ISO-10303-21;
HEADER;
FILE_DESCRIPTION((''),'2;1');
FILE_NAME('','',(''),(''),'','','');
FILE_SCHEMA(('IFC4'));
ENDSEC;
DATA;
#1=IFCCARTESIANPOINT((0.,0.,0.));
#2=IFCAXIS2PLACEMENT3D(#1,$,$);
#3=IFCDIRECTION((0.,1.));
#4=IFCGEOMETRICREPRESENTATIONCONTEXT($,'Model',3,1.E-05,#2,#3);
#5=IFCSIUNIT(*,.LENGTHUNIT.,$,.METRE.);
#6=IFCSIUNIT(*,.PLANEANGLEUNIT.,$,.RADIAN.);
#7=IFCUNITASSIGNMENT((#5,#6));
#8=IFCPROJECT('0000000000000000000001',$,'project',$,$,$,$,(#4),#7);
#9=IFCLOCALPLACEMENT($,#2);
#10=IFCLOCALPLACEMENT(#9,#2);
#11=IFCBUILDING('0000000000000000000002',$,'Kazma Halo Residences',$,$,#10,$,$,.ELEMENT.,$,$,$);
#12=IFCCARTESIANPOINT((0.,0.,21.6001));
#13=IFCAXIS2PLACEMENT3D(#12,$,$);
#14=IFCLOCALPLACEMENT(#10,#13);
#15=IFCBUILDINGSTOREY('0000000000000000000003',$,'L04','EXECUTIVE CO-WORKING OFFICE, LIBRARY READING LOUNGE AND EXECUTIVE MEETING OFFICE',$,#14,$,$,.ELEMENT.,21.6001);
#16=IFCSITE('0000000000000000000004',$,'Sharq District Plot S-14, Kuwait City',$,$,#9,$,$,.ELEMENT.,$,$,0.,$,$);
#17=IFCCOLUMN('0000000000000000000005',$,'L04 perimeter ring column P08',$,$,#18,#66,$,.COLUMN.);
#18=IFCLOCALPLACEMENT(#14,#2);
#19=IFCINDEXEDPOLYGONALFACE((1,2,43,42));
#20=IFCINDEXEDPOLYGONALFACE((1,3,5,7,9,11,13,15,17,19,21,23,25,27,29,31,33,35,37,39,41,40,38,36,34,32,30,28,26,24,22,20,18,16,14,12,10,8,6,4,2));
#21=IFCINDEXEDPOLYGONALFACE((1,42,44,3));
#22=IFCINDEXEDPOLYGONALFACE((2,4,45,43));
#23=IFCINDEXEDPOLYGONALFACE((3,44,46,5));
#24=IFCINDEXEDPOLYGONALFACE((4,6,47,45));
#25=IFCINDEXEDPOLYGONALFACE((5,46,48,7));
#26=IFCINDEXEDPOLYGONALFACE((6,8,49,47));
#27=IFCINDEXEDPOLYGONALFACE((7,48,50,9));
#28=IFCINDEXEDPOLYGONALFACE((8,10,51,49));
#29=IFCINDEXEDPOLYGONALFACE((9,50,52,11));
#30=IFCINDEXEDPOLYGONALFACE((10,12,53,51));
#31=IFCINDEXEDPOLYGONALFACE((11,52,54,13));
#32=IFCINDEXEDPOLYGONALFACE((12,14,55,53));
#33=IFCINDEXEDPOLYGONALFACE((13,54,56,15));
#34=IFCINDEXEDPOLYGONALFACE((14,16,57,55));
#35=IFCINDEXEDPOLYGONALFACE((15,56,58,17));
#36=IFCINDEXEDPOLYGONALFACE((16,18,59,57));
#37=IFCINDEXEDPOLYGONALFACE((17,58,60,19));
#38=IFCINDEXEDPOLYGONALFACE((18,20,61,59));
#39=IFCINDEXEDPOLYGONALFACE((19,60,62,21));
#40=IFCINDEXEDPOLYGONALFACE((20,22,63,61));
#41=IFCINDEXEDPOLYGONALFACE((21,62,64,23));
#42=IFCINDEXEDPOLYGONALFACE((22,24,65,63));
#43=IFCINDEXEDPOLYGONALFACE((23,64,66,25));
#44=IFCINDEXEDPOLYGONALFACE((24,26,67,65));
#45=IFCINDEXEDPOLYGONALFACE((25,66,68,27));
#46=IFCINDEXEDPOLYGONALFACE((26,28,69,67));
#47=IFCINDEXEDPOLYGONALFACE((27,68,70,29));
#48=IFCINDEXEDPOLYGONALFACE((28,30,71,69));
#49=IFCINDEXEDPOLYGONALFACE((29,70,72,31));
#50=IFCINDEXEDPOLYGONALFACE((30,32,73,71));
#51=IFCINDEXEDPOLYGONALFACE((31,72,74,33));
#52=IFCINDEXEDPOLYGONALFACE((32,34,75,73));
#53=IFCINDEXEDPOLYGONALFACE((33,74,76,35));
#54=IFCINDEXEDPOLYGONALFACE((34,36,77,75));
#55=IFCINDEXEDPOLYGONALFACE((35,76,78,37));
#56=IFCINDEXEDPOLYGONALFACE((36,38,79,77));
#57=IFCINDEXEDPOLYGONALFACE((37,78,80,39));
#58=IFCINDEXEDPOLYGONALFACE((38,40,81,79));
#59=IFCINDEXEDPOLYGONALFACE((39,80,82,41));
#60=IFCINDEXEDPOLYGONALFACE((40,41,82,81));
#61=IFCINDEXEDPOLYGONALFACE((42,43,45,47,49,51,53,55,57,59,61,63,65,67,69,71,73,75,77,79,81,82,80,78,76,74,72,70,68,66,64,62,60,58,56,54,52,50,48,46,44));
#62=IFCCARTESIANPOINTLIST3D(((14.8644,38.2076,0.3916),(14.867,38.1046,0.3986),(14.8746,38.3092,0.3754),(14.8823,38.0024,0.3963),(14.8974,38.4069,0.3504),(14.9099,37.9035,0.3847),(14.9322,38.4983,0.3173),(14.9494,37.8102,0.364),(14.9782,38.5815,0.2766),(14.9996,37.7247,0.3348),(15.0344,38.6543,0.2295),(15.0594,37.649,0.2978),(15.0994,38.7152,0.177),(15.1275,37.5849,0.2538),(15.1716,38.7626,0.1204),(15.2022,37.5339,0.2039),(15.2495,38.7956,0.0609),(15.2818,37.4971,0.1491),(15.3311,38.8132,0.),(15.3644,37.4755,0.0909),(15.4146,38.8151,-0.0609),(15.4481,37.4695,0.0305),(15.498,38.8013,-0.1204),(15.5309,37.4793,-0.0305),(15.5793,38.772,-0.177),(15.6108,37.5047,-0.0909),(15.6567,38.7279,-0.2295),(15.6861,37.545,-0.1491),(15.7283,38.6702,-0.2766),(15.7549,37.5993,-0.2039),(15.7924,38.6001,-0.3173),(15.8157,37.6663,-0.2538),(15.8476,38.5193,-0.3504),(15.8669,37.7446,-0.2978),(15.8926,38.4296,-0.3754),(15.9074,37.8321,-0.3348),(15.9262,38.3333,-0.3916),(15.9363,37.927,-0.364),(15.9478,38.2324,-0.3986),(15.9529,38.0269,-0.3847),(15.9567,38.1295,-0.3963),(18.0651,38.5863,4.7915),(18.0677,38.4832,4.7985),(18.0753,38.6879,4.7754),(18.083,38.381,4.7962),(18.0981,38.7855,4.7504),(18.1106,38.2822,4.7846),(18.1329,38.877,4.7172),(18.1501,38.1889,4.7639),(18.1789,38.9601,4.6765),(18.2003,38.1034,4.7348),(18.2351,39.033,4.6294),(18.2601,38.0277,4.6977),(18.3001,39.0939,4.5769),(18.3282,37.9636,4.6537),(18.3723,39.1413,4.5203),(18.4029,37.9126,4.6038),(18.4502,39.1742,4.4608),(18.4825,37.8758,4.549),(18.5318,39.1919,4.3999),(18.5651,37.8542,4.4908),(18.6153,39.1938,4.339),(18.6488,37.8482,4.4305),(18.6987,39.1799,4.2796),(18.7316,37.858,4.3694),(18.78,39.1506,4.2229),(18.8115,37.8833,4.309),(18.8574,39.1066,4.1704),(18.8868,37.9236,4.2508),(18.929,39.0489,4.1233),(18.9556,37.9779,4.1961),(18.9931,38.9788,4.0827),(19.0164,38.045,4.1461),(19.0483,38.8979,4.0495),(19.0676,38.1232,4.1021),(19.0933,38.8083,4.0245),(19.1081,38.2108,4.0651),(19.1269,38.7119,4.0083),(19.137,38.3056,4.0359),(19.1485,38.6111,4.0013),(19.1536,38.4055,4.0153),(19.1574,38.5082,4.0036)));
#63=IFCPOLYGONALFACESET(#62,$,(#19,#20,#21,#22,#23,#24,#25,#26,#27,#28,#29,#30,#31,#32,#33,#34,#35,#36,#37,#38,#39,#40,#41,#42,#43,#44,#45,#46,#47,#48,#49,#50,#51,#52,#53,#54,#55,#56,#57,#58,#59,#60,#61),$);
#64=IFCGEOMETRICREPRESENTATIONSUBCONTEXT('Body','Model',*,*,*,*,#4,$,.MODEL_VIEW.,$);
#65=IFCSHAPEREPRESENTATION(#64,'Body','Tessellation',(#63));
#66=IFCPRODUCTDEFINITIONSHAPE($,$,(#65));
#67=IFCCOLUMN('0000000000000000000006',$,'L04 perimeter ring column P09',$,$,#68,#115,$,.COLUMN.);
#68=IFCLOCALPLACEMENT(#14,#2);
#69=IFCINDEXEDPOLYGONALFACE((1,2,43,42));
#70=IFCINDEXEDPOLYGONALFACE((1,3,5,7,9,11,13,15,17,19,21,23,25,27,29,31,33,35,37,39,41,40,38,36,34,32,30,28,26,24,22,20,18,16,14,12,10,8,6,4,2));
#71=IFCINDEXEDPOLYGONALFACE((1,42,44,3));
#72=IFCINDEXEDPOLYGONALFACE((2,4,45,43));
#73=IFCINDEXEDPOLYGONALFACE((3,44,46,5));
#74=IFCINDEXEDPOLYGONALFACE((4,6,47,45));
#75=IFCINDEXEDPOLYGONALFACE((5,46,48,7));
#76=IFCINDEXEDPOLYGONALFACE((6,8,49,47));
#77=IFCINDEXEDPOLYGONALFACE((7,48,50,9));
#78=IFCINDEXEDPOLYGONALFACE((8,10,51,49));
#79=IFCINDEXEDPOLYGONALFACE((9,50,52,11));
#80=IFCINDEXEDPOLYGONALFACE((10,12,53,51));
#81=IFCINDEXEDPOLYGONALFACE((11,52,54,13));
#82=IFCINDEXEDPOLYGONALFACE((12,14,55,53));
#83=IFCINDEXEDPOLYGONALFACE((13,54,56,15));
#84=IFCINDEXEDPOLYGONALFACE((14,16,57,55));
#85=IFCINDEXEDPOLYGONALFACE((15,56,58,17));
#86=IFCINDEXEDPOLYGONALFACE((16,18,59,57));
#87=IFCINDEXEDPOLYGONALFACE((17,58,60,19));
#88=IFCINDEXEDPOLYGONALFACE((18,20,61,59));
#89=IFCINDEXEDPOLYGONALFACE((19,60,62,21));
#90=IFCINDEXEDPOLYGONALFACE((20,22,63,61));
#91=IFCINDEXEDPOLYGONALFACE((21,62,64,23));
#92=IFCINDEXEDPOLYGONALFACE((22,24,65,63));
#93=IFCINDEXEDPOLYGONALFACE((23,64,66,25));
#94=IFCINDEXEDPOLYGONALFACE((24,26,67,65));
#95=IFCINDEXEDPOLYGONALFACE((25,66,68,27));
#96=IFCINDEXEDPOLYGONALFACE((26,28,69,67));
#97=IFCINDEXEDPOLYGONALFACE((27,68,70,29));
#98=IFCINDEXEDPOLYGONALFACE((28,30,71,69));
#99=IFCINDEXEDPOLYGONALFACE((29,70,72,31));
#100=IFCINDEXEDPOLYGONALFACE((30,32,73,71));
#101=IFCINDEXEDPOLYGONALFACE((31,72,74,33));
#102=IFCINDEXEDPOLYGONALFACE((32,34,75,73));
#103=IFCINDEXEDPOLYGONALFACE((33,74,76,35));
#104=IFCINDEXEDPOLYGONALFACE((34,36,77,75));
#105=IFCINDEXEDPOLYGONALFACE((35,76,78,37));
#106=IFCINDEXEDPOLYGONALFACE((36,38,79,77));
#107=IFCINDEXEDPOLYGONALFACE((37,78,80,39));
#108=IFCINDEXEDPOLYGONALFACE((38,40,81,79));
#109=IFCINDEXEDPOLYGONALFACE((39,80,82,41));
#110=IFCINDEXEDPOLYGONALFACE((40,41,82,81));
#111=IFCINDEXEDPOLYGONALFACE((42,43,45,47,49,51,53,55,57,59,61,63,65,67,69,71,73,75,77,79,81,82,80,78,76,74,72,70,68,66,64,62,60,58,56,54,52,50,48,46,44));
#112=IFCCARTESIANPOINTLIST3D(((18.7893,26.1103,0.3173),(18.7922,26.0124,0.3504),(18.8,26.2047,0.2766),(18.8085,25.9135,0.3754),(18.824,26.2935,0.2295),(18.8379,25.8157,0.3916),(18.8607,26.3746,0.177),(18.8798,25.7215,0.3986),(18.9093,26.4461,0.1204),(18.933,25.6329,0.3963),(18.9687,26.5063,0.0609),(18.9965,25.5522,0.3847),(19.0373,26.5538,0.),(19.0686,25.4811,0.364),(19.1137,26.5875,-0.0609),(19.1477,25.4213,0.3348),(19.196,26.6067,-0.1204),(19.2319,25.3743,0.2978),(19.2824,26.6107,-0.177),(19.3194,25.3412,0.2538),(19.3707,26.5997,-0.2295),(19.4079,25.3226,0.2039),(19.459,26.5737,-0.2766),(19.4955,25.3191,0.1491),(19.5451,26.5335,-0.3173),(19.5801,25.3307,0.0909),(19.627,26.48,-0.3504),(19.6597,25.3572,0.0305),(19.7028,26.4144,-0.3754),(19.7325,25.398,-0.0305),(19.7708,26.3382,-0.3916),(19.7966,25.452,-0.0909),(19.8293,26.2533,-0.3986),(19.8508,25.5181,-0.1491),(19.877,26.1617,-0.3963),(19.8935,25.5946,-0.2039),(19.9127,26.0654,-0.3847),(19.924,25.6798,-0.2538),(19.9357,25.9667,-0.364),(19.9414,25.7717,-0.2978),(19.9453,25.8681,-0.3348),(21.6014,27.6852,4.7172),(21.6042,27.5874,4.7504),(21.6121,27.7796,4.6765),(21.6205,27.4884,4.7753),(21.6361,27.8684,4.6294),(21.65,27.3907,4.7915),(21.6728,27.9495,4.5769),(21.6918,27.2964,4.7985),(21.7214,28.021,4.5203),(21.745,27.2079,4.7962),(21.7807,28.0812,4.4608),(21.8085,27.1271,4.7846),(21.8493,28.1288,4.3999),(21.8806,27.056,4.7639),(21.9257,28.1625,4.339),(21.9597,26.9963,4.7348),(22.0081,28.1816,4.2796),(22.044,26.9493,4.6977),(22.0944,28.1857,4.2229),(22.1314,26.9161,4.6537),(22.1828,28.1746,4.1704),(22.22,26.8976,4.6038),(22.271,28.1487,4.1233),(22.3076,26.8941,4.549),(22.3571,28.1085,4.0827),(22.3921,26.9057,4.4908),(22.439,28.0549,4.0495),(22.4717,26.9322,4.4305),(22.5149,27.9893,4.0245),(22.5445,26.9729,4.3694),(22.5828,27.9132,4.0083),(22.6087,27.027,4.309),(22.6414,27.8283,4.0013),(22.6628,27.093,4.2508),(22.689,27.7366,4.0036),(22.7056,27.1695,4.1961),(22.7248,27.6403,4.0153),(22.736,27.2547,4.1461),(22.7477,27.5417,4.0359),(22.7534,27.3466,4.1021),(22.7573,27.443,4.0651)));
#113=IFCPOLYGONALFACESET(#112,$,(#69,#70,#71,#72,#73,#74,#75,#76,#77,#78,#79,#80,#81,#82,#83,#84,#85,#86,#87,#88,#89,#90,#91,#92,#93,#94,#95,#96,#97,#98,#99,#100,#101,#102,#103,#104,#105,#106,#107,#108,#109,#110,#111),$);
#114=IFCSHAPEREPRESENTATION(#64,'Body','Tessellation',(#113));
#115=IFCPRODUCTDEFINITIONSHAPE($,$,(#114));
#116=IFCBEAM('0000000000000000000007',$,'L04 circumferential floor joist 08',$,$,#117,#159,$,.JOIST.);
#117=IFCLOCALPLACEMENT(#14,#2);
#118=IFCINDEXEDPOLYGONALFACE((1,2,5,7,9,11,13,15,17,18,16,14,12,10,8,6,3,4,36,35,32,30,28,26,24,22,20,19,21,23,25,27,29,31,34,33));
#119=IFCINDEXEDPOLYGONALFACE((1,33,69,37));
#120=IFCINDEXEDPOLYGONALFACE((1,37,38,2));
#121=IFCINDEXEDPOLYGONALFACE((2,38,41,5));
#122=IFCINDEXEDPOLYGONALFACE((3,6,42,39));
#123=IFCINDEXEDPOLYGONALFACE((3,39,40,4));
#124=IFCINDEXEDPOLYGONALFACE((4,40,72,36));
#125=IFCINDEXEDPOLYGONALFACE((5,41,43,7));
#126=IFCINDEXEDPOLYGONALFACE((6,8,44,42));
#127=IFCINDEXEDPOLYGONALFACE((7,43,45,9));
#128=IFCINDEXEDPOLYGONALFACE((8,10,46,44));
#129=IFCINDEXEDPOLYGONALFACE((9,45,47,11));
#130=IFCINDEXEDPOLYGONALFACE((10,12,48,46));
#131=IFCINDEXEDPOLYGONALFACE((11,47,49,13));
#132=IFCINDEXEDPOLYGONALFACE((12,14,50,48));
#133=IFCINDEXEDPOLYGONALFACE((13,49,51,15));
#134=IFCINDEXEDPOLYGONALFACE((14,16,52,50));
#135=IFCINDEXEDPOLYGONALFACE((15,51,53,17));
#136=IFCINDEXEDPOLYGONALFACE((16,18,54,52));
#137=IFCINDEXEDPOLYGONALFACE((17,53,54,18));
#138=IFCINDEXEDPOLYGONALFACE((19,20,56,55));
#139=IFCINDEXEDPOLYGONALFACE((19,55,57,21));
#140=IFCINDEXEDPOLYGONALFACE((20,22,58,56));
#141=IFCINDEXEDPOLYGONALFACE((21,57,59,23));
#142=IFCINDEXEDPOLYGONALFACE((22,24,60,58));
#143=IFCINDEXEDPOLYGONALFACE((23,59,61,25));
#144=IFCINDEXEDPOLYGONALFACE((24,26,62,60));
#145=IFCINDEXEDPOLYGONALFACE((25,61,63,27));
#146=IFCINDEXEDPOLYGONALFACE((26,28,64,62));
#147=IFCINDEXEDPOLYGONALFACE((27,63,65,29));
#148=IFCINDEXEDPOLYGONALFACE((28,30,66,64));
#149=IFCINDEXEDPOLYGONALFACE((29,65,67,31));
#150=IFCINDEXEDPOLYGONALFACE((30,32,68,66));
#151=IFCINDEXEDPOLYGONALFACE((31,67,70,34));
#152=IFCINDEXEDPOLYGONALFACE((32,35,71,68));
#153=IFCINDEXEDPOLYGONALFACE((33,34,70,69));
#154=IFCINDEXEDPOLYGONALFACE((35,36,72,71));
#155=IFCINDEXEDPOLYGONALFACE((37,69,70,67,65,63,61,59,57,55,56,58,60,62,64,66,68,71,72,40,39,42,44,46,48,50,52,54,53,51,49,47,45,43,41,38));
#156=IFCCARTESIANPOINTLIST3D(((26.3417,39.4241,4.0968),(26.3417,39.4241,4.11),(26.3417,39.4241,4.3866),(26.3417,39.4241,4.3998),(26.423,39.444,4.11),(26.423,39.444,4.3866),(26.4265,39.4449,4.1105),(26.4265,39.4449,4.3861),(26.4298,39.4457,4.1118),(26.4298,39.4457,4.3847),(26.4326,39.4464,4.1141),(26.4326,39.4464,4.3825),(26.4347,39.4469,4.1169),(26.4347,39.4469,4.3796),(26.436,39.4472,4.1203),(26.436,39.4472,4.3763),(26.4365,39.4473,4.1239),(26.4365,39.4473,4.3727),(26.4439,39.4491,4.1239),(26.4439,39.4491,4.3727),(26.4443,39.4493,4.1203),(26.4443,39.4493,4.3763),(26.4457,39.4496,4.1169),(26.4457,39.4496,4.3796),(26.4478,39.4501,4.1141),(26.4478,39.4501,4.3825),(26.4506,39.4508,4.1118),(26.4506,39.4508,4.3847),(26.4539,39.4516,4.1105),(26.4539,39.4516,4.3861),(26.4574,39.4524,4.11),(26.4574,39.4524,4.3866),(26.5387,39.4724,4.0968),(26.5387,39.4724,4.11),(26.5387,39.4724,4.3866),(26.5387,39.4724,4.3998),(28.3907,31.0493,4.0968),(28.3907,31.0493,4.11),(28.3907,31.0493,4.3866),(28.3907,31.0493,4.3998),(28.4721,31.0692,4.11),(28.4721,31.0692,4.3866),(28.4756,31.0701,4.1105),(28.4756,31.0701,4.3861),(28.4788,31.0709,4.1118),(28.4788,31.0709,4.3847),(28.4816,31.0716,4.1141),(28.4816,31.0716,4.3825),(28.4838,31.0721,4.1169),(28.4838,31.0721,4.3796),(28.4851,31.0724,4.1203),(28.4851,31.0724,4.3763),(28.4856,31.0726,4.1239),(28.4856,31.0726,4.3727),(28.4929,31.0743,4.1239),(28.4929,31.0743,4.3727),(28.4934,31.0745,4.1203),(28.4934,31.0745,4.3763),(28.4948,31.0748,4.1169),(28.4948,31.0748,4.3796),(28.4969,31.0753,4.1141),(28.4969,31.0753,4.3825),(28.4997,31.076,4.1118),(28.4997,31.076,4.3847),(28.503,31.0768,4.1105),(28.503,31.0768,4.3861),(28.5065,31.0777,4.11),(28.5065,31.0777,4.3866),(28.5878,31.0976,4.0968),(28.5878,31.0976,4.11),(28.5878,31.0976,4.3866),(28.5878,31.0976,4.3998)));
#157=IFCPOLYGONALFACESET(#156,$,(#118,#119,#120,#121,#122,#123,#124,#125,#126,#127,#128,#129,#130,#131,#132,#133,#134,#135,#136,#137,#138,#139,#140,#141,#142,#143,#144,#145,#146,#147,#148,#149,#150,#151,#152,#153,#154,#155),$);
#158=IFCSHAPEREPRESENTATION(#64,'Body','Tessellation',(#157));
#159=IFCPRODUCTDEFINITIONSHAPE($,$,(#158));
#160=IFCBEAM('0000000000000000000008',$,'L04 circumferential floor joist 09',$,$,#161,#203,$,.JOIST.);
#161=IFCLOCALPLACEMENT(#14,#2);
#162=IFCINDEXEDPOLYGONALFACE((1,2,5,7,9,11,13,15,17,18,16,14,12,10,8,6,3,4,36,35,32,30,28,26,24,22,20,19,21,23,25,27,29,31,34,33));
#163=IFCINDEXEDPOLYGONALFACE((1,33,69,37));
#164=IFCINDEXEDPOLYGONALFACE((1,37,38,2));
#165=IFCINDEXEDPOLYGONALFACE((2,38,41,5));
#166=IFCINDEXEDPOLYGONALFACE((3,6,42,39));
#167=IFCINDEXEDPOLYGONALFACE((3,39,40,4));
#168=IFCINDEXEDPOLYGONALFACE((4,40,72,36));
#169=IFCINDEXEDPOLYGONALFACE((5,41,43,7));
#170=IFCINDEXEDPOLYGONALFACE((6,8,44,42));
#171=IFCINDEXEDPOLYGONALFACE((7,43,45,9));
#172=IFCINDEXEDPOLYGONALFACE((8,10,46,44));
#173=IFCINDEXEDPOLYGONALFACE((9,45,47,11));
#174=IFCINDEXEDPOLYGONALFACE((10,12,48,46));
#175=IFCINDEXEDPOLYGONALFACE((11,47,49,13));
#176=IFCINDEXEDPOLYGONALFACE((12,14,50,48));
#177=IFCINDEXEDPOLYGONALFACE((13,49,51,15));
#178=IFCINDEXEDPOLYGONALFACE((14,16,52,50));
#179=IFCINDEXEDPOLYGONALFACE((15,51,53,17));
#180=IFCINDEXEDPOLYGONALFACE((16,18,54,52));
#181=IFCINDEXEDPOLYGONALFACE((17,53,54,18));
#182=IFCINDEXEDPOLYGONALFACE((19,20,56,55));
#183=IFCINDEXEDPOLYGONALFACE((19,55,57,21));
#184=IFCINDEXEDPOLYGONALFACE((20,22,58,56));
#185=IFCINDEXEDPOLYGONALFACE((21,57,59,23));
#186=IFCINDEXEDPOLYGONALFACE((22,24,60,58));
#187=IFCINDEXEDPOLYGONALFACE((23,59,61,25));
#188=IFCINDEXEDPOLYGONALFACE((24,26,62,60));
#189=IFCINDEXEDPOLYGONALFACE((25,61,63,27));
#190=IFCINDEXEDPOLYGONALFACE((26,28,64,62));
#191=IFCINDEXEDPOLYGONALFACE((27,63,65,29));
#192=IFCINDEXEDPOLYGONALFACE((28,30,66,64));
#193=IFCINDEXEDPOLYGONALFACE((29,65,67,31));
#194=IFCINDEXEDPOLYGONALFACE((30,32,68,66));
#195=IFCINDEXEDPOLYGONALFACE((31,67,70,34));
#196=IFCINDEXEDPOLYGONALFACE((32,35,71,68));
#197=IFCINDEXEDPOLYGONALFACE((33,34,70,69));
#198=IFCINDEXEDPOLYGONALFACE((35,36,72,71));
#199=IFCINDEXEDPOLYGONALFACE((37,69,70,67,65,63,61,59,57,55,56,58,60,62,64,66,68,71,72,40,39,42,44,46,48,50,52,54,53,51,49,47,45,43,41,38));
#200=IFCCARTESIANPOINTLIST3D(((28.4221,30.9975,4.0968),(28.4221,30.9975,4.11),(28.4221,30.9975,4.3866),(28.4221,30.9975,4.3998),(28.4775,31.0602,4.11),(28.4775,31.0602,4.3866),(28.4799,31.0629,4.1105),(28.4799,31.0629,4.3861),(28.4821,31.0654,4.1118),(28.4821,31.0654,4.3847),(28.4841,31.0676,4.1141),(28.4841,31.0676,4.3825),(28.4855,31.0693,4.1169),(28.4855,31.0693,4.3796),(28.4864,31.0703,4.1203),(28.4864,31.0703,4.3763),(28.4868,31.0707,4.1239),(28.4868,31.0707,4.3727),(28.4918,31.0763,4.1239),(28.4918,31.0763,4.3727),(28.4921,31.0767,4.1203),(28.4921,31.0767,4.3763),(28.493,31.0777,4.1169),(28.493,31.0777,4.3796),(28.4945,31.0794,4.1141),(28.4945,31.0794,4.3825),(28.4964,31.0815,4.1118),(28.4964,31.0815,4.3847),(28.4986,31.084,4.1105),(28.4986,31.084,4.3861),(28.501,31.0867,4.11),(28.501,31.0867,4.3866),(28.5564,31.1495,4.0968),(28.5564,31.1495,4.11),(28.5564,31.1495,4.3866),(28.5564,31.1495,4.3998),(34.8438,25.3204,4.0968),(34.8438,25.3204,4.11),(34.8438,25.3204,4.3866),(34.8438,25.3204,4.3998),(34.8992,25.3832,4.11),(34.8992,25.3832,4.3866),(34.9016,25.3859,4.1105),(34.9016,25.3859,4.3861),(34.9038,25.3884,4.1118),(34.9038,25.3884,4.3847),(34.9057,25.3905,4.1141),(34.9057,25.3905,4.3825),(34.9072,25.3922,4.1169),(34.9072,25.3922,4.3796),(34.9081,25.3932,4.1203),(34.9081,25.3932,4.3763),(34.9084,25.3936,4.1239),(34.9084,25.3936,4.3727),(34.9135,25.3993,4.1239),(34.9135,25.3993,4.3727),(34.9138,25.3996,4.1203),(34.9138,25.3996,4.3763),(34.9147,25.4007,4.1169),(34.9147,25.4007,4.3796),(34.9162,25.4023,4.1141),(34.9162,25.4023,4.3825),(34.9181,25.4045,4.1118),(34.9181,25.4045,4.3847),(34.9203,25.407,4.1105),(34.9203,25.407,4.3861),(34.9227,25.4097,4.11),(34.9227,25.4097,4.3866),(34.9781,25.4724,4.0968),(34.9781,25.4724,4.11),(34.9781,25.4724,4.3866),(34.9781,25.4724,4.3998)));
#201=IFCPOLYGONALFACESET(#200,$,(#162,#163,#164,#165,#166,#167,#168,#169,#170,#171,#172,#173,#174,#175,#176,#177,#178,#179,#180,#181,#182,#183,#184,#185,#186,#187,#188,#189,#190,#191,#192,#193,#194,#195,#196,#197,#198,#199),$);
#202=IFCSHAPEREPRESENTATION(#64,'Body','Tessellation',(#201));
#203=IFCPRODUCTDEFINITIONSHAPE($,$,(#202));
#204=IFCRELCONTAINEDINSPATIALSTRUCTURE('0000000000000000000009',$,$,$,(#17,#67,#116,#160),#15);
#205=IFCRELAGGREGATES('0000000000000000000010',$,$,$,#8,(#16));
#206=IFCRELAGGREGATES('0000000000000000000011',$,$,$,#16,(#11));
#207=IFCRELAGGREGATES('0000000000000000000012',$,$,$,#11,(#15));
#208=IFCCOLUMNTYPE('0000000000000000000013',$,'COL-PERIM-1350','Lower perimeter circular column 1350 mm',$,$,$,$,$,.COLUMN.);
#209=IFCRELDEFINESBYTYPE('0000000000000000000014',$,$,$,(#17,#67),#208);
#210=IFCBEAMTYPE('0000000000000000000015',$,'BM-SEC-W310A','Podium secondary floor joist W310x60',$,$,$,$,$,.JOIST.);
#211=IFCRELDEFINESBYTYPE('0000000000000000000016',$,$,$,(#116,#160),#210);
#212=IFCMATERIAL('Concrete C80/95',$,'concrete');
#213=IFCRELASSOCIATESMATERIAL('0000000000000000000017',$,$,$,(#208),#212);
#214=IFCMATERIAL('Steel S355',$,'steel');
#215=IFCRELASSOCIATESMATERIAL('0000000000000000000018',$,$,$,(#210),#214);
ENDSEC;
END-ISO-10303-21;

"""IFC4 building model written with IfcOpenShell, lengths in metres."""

from ifc_helpers import new_model, si_unit, direction, frame, origin, origin_2d, place, context, subcontext, project, spatial, circle, i_section, extrude, material, material_profile, profile_set, type_object, element, save


model = new_model("IFC4")

# Units and contexts
model_context = context("Model", 3, precision=1e-05, world=origin(), true_north=direction((0.0, 1.0)))
body_context = subcontext(model_context, "Body", "Model", "MODEL_VIEW")
ifc_project = project(units=[si_unit("LENGTHUNIT", "METRE"), si_unit("PLANEANGLEUNIT", "RADIAN")], contexts=[model_context])

# Site, building, storey
site_placement = place(None, origin())
site = spatial("IfcSite", under=ifc_project, at=site_placement, Name="Sharq District Plot S-14, Kuwait City", CompositionType="ELEMENT", RefElevation=0.0)
building_placement = place(site_placement, origin())
building = spatial("IfcBuilding", under=site, at=building_placement, Name="Kazma Halo Residences", CompositionType="ELEMENT")
storey_placement = place(building_placement, frame((0.0, 0.0, 21.6001)))
storey = spatial("IfcBuildingStorey", under=building, at=storey_placement, Name="L04", Description="EXECUTIVE CO-WORKING OFFICE, LIBRARY READING LOUNGE AND EXECUTIVE MEETING OFFICE", CompositionType="ELEMENT", Elevation=21.6001)

# Columns
ifc_material_1 = material(Name="Concrete C80/95", Category="concrete")
ifc_material_profile_1 = material_profile(ifc_material_1, circle(Radius=0.675, at=origin_2d()), Name="CIRC1350")
ifc_profile_set_1 = profile_set([ifc_material_profile_1], Name="Concrete C80/95")
column_type = type_object("IfcColumnType", Name="COL-PERIM-1350", Description="Lower perimeter circular column 1350 mm", PredefinedType="COLUMN", material=ifc_profile_set_1)
for number, where, z_axis, x_axis, name in (
    (1, (15.4104, 38.1428, 0.0), (0.586843, 0.069427, 0.806719), (-0.117487, 0.993074, 0.0), "L04 perimeter ring column P08"),
    (2, (19.3672, 25.9648, 0.0), (0.515579, 0.288766, 0.806717), (-0.488656, 0.872476, 0.0), "L04 perimeter ring column P09"),
):
    element("IfcColumn", number, at=place(storey_placement, frame(where, z_axis=z_axis, x_axis=x_axis)), inside=storey, type_object=column_type, Name=name, PredefinedType="COLUMN", context=body_context, shape_type="SweptSolid", body=[
        extrude(circle(Radius=0.675, at=origin_2d()), origin(), (0.0, 0.0, 1.0), 5.4541),
    ])

# Beams
ifc_material_2 = material(Name="Steel S355", Category="steel")
ifc_material_profile_2 = material_profile(ifc_material_2, i_section(OverallWidth=0.2029, OverallDepth=0.303, WebThickness=0.0076, FlangeThickness=0.0132, FilletRadius=0.0139, at=origin_2d()), Name="W310x60")
ifc_profile_set_2 = profile_set([ifc_material_profile_2], Name="Steel S355")
beam_type_1 = type_object("IfcBeamType", Name="BM-SEC-W310A", Description="Podium secondary floor joist W310x60", PredefinedType="JOIST", material=ifc_profile_set_2)
beam_1_placement = place(storey_placement, frame((26.4402, 39.4482, 4.2483), z_axis=(0.237662, -0.971348, 0.0), x_axis=(0.971348, 0.237662, 0.0)))
element("IfcBeam", 3, at=beam_1_placement, inside=storey, type_object=beam_type_1, Name="L04 circumferential floor joist 08", PredefinedType="JOIST", context=body_context, shape_type="SweptSolid", body=[
    extrude(i_section(OverallWidth=0.2029, OverallDepth=0.303, WebThickness=0.0076, FlangeThickness=0.0132, FilletRadius=0.0139, at=origin_2d()), origin(), (0.0, 0.0, 1.0), 8.6218),
])
beam_2_placement = place(storey_placement, frame((28.4893, 31.0735, 4.2483), z_axis=(0.749209, -0.662334, 0.0), x_axis=(0.662334, 0.749209, 0.0)))
element("IfcBeam", 4, at=beam_2_placement, inside=storey, type_object=beam_type_1, Name="L04 circumferential floor joist 09", PredefinedType="JOIST", context=body_context, shape_type="SweptSolid", body=[
    extrude(i_section(OverallWidth=0.2029, OverallDepth=0.303, WebThickness=0.0076, FlangeThickness=0.0132, FilletRadius=0.0139, at=origin_2d()), origin(), (0.0, 0.0, 1.0), 8.5713),
])

save(model, "model.ifc")
